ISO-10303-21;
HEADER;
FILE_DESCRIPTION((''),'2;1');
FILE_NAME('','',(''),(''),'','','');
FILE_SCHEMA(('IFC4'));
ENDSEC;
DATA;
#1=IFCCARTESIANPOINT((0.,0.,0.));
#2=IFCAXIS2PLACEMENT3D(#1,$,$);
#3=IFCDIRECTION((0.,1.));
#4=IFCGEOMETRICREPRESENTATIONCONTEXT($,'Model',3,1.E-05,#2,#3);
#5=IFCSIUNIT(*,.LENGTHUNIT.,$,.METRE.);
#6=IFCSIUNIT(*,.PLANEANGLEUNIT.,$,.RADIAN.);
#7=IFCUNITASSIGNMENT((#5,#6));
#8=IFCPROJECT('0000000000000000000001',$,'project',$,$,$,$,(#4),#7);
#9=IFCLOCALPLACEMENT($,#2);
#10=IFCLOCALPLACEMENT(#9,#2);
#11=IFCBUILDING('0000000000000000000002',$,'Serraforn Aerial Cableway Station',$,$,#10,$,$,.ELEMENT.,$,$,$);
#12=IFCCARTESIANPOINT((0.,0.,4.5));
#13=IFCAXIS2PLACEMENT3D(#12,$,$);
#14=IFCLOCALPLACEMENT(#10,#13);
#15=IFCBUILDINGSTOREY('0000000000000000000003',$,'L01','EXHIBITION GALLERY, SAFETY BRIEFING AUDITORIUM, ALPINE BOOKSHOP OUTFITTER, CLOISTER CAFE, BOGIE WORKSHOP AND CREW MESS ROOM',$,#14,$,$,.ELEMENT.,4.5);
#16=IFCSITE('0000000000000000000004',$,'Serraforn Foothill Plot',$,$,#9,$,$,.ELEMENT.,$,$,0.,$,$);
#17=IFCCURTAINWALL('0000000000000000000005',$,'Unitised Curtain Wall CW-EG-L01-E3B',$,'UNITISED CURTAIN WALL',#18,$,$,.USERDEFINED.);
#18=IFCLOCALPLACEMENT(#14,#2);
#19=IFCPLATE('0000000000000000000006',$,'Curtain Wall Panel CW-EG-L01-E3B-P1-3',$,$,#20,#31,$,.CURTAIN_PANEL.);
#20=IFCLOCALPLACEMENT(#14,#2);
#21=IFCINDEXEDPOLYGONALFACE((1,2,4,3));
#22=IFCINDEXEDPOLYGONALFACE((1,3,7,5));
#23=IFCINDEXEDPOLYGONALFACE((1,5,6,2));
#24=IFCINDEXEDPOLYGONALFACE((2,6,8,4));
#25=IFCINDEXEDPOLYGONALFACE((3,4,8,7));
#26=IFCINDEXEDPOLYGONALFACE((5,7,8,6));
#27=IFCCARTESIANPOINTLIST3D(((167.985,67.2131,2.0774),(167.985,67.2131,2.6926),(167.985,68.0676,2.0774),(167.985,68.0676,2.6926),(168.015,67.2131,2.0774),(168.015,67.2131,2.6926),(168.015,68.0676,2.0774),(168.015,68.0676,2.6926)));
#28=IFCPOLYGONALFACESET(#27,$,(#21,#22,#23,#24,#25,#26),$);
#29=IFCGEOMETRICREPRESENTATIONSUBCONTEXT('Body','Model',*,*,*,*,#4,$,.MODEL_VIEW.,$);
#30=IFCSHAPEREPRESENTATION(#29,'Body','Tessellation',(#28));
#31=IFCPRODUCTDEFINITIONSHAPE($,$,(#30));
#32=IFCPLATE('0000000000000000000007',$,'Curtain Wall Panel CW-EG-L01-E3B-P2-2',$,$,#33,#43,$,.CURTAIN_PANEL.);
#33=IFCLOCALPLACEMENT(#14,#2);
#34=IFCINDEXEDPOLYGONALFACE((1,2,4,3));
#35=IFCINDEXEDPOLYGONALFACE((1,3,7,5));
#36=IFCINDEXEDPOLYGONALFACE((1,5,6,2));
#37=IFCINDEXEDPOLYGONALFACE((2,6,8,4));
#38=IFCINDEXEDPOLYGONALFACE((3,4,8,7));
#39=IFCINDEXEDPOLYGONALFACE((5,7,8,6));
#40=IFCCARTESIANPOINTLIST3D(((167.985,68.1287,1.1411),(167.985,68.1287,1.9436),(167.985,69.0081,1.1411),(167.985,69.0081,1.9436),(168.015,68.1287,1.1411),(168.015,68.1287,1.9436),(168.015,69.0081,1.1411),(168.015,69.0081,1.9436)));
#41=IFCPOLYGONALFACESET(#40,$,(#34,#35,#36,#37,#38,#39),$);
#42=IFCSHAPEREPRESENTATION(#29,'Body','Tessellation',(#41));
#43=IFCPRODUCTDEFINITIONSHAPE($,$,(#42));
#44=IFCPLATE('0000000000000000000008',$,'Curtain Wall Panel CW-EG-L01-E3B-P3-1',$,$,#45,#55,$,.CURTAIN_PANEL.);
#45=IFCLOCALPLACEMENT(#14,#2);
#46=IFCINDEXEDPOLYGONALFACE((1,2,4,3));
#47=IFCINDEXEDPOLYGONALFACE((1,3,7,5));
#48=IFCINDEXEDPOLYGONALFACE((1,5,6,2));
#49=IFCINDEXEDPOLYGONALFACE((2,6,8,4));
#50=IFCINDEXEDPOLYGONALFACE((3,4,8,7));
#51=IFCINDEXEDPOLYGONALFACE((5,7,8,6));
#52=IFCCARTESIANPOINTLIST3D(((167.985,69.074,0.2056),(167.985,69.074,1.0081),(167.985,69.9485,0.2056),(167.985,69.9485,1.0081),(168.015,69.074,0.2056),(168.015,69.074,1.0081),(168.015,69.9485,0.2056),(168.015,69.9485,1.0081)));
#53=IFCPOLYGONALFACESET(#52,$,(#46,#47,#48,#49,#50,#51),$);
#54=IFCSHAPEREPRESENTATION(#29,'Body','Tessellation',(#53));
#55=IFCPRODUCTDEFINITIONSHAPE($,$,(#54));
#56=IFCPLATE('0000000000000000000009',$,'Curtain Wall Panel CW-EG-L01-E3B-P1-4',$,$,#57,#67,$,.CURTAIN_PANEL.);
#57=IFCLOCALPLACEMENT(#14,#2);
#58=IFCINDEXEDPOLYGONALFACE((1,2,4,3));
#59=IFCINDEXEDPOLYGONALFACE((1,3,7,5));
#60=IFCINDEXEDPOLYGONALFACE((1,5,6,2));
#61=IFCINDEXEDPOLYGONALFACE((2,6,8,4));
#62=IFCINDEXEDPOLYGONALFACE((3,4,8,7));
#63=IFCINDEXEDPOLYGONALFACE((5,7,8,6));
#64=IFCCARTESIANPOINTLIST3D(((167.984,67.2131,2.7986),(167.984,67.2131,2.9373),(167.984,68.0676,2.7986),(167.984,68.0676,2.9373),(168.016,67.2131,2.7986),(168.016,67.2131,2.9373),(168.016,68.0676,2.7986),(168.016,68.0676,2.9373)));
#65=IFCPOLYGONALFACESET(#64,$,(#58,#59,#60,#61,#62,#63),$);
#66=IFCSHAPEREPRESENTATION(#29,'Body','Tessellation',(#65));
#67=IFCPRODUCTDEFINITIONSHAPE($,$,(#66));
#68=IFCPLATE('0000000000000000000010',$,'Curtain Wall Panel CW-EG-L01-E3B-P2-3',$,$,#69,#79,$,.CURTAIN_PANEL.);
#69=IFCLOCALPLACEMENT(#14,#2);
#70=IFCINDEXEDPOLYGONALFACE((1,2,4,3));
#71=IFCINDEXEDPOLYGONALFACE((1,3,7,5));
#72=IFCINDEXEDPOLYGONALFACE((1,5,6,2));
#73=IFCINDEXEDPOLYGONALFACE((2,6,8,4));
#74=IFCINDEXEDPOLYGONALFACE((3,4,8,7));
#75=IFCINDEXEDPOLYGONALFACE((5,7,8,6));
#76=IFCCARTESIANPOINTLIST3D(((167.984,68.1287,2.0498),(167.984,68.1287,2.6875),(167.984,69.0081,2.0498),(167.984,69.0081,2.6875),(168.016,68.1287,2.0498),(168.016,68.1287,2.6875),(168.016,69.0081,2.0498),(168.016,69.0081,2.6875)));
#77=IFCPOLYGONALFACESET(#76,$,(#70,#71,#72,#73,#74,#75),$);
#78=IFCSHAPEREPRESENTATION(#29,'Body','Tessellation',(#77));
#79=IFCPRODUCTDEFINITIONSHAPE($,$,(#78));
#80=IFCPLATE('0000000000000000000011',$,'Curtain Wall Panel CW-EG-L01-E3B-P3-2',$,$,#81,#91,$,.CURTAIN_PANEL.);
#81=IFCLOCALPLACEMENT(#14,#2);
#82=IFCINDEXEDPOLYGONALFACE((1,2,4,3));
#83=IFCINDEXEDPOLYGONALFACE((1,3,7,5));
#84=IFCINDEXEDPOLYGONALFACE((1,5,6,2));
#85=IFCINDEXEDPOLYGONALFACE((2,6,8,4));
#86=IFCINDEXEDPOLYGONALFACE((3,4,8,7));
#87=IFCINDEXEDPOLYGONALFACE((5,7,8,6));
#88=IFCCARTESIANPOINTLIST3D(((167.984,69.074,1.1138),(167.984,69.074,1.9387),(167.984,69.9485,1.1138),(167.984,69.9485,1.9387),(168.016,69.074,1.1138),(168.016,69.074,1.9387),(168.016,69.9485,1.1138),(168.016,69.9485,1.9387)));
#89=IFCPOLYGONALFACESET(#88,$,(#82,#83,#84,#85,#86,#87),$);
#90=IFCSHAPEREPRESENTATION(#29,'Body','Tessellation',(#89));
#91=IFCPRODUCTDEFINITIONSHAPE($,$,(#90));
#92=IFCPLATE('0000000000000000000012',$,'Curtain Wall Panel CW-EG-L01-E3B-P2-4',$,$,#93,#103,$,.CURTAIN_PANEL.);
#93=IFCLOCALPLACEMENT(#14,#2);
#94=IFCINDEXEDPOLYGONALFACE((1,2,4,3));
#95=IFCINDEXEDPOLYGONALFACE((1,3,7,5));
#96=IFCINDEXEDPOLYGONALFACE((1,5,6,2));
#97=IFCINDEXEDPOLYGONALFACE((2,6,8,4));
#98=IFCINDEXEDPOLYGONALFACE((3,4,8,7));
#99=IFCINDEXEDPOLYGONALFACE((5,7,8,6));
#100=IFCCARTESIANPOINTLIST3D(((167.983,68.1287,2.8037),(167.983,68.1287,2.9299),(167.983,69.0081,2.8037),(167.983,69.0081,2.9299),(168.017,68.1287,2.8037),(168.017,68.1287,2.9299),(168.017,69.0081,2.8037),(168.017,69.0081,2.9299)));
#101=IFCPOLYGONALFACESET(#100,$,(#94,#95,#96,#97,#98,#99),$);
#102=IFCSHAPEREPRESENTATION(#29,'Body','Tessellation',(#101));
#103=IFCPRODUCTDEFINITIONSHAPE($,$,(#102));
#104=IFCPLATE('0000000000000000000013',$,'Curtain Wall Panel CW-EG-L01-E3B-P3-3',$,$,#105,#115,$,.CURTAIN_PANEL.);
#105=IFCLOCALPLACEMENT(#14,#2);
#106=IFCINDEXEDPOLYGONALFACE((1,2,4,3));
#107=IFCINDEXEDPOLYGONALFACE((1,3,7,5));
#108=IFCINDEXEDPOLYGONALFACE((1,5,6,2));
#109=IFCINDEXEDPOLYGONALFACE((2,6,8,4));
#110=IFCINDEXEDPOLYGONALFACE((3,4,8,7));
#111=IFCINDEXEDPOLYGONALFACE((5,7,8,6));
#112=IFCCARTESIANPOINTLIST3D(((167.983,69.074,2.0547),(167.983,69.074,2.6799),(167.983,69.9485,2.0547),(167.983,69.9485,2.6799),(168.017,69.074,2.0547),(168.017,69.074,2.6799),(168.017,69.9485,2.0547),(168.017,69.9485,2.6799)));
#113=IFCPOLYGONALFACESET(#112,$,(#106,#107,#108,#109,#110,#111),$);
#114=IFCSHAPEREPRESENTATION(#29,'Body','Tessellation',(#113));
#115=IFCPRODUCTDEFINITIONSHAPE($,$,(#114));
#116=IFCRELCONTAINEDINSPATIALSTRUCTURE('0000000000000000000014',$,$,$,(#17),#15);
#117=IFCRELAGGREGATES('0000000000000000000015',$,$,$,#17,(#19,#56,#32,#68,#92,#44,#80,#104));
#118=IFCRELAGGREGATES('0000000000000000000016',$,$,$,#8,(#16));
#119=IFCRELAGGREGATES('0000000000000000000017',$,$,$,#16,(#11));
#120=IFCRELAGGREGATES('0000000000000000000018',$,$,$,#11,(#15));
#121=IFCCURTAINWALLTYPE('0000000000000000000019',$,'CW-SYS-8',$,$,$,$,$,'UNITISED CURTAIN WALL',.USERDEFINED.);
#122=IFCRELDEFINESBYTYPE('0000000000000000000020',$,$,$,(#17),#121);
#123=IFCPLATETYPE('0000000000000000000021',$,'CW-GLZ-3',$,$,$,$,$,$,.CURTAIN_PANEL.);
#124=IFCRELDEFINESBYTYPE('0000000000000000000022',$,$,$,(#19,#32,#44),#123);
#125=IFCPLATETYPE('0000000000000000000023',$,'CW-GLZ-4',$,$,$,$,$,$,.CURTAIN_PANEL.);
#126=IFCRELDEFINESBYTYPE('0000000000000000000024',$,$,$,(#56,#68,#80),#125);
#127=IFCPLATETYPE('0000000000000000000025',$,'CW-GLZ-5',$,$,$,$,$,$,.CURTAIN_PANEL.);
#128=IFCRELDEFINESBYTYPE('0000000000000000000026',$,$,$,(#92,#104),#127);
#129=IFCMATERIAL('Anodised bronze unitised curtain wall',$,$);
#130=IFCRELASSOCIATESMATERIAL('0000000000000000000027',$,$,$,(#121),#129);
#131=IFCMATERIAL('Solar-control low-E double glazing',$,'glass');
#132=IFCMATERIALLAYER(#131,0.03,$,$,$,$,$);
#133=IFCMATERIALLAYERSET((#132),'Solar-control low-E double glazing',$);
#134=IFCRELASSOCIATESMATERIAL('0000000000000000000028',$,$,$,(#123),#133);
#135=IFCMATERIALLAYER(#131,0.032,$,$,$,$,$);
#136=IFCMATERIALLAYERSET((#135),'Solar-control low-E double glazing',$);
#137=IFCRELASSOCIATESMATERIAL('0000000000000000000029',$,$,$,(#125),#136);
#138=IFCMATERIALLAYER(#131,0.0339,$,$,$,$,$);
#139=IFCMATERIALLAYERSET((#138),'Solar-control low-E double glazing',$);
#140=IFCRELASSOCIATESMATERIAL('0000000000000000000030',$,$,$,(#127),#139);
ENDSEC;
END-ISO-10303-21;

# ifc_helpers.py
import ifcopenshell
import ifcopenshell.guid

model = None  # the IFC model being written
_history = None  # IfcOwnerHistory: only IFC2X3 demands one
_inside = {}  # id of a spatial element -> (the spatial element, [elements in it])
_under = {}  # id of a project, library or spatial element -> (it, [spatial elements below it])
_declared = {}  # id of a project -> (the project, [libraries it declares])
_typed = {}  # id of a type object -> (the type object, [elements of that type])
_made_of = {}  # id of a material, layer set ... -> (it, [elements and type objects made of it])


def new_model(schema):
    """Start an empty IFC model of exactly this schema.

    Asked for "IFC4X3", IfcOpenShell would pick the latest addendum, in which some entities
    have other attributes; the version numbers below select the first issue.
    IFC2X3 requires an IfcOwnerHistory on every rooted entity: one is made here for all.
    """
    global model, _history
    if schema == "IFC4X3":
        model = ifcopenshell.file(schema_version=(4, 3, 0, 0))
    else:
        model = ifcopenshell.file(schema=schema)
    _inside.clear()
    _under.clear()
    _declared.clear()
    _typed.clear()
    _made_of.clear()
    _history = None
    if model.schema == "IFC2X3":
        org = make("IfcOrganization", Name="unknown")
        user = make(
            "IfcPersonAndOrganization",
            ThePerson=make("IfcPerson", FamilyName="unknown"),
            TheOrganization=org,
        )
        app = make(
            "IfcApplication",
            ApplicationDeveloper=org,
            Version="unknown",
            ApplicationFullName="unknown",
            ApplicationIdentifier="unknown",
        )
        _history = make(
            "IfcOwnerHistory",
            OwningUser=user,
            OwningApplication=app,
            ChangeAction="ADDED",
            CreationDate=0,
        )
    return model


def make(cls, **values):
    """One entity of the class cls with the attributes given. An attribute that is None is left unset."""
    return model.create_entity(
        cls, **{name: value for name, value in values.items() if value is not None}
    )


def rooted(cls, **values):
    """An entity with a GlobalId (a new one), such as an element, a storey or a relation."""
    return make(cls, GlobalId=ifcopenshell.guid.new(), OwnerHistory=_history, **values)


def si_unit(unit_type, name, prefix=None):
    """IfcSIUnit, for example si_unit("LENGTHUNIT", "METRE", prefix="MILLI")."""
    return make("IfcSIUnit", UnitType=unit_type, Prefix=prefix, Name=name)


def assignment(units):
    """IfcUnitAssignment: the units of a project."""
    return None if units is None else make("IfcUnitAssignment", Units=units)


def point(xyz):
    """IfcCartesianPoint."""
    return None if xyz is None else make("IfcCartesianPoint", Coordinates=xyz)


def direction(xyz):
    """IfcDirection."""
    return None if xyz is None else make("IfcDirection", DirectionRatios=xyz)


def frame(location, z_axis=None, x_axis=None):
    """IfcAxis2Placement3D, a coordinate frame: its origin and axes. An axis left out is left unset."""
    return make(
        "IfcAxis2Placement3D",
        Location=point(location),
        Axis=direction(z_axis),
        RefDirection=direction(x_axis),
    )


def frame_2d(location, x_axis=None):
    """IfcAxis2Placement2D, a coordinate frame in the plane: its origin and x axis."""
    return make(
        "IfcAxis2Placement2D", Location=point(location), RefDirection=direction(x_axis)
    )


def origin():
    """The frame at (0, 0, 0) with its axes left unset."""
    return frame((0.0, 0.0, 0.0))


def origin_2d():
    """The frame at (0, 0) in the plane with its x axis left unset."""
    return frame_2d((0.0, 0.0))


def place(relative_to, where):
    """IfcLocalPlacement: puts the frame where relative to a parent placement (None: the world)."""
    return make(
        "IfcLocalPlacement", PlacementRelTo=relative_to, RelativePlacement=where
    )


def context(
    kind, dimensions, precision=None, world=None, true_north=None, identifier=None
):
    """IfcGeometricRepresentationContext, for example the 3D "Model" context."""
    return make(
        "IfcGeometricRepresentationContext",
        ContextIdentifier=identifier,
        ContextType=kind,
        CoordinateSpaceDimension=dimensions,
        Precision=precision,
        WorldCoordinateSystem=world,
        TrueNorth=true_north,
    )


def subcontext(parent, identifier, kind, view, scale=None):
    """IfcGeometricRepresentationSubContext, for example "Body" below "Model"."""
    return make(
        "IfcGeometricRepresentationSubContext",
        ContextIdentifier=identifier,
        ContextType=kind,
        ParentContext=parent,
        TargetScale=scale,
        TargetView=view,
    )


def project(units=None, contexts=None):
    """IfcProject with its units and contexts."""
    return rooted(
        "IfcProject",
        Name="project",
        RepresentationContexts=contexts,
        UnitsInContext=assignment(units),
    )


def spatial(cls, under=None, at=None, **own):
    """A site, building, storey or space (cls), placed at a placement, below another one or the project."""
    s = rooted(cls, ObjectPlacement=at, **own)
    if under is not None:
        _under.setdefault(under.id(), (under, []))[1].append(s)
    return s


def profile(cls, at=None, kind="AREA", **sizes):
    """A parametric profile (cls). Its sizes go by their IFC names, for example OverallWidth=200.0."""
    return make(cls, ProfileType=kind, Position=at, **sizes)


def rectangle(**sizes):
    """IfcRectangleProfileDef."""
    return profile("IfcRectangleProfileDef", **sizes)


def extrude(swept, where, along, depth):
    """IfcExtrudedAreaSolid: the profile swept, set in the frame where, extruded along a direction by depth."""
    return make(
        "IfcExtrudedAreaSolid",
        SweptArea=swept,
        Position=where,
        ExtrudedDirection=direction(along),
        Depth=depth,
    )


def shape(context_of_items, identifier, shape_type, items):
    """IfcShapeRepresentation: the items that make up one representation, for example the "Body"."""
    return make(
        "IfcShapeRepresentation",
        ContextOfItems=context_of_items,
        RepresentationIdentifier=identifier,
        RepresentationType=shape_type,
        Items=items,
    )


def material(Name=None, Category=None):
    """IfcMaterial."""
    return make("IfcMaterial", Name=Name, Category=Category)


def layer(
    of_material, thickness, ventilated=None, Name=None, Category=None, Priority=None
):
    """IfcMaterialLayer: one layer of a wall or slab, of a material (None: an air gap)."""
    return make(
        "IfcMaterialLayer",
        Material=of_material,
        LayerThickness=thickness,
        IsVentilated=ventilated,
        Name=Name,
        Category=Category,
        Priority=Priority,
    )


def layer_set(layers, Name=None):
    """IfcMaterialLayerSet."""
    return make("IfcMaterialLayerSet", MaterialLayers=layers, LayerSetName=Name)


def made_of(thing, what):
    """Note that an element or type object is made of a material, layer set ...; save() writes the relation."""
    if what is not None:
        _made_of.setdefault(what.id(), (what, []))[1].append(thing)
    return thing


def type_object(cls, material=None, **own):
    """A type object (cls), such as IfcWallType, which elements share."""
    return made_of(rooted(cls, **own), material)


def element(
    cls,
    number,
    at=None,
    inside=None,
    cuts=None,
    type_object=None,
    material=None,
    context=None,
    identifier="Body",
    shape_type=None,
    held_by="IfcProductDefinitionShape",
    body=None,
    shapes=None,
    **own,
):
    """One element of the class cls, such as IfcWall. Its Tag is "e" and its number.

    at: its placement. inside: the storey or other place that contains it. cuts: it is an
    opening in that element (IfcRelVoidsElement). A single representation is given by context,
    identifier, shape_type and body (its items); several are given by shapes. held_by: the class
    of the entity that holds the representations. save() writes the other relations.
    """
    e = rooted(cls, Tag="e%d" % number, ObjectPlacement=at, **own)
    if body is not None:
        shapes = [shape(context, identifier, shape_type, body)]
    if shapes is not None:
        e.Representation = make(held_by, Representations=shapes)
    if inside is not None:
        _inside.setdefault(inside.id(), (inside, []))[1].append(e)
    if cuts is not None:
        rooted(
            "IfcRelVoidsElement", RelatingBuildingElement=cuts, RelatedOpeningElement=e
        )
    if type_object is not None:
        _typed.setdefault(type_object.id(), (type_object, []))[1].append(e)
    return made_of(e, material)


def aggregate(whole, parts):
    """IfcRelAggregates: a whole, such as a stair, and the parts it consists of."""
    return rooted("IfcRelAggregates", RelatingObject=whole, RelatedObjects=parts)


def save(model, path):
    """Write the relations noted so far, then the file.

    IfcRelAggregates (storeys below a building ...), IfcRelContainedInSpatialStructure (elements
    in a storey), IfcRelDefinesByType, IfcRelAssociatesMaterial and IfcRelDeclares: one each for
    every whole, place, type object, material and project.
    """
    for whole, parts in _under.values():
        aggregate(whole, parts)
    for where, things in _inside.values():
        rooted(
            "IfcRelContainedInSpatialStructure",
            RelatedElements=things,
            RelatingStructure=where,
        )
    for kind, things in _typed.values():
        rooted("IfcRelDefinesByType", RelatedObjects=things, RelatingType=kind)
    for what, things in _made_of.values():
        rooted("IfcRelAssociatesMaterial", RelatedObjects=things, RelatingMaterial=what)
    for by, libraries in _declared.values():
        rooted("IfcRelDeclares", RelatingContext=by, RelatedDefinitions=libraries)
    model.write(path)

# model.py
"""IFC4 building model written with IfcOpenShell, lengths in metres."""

from ifc_helpers import new_model, si_unit, direction, frame, origin, origin_2d, place, context, subcontext, project, spatial, rectangle, extrude, material, layer, layer_set, type_object, element, aggregate, save


model = new_model("IFC4")

# Units and contexts
model_context = context("Model", 3, precision=1e-05, world=origin(), true_north=direction((0.0, 1.0)))
body_context = subcontext(model_context, "Body", "Model", "MODEL_VIEW")
ifc_project = project(units=[si_unit("LENGTHUNIT", "METRE"), si_unit("PLANEANGLEUNIT", "RADIAN")], contexts=[model_context])

# Site, building, storey
site_placement = place(None, origin())
site = spatial("IfcSite", under=ifc_project, at=site_placement, Name="Serraforn Foothill Plot", CompositionType="ELEMENT", RefElevation=0.0)
building_placement = place(site_placement, origin())
building = spatial("IfcBuilding", under=site, at=building_placement, Name="Serraforn Aerial Cableway Station", CompositionType="ELEMENT")
storey_placement = place(building_placement, frame((0.0, 0.0, 4.5)))
storey = spatial("IfcBuildingStorey", under=building, at=storey_placement, Name="L01", Description="EXHIBITION GALLERY, SAFETY BRIEFING AUDITORIUM, ALPINE BOOKSHOP OUTFITTER, CLOISTER CAFE, BOGIE WORKSHOP AND CREW MESS ROOM", CompositionType="ELEMENT", Elevation=4.5)

# Curtain wall, plates
ifc_material_1 = material(Name="Anodised bronze unitised curtain wall")
curtain_wall_type = type_object("IfcCurtainWallType", Name="CW-SYS-8", ElementType="UNITISED CURTAIN WALL", PredefinedType="USERDEFINED", material=ifc_material_1)
curtain_wall_placement = place(storey_placement, origin())
curtain_wall = element("IfcCurtainWall", 1, at=curtain_wall_placement, inside=storey, type_object=curtain_wall_type, Name="Unitised Curtain Wall CW-EG-L01-E3B", ObjectType="UNITISED CURTAIN WALL", PredefinedType="USERDEFINED")
ifc_material_2 = material(Name="Solar-control low-E double glazing", Category="glass")
ifc_layer_1 = layer(ifc_material_2, 0.03)
ifc_layer_set_1 = layer_set([ifc_layer_1], Name="Solar-control low-E double glazing")
plate_type_1 = type_object("IfcPlateType", Name="CW-GLZ-3", PredefinedType="CURTAIN_PANEL", material=ifc_layer_set_1)
plate_1_placement = place(storey_placement, frame((168.0, 67.6404, 2.0774), z_axis=(0.0, 0.0, 1.0), x_axis=(1.0, 0.0, 0.0)))
plate_1 = element("IfcPlate", 2, at=plate_1_placement, type_object=plate_type_1, Name="Curtain Wall Panel CW-EG-L01-E3B-P1-3", PredefinedType="CURTAIN_PANEL", context=body_context, shape_type="SweptSolid", body=[
    extrude(rectangle(XDim=0.03, YDim=0.8545, at=origin_2d()), origin(), (0.0, 0.0, 1.0), 0.6152),
])
plate_2_placement = place(storey_placement, frame((168.0, 68.5684, 1.1411), z_axis=(0.0, 0.0, 1.0), x_axis=(1.0, 0.0, 0.0)))
plate_2 = element("IfcPlate", 3, at=plate_2_placement, type_object=plate_type_1, Name="Curtain Wall Panel CW-EG-L01-E3B-P2-2", PredefinedType="CURTAIN_PANEL", context=body_context, shape_type="SweptSolid", body=[
    extrude(rectangle(XDim=0.03, YDim=0.8794, at=origin_2d()), origin(), (0.0, 0.0, 1.0), 0.8025),
])
plate_3_placement = place(storey_placement, frame((168.0, 69.5112, 0.2056), z_axis=(0.0, 0.0, 1.0), x_axis=(1.0, 0.0, 0.0)))
plate_3 = element("IfcPlate", 4, at=plate_3_placement, type_object=plate_type_1, Name="Curtain Wall Panel CW-EG-L01-E3B-P3-1", PredefinedType="CURTAIN_PANEL", context=body_context, shape_type="SweptSolid", body=[
    extrude(rectangle(XDim=0.03, YDim=0.8745, at=origin_2d()), origin(), (0.0, 0.0, 1.0), 0.8025),
])
ifc_layer_2 = layer(ifc_material_2, 0.032)
ifc_layer_set_2 = layer_set([ifc_layer_2], Name="Solar-control low-E double glazing")
plate_type_2 = type_object("IfcPlateType", Name="CW-GLZ-4", PredefinedType="CURTAIN_PANEL", material=ifc_layer_set_2)
plate_4_placement = place(storey_placement, frame((168.0, 67.6404, 2.7986), z_axis=(0.0, 0.0, 1.0), x_axis=(1.0, 0.0, 0.0)))
plate_4 = element("IfcPlate", 5, at=plate_4_placement, type_object=plate_type_2, Name="Curtain Wall Panel CW-EG-L01-E3B-P1-4", PredefinedType="CURTAIN_PANEL", context=body_context, shape_type="SweptSolid", body=[
    extrude(rectangle(XDim=0.032, YDim=0.8545, at=origin_2d()), origin(), (0.0, 0.0, 1.0), 0.1387),
])
plate_5_placement = place(storey_placement, frame((168.0, 68.5684, 2.0498), z_axis=(0.0, 0.0, 1.0), x_axis=(1.0, 0.0, 0.0)))
plate_5 = element("IfcPlate", 6, at=plate_5_placement, type_object=plate_type_2, Name="Curtain Wall Panel CW-EG-L01-E3B-P2-3", PredefinedType="CURTAIN_PANEL", context=body_context, shape_type="SweptSolid", body=[
    extrude(rectangle(XDim=0.032, YDim=0.8794, at=origin_2d()), origin(), (0.0, 0.0, 1.0), 0.6377),
])
plate_6_placement = place(storey_placement, frame((168.0, 69.5112, 1.1138), z_axis=(0.0, 0.0, 1.0), x_axis=(1.0, 0.0, 0.0)))
plate_6 = element("IfcPlate", 7, at=plate_6_placement, type_object=plate_type_2, Name="Curtain Wall Panel CW-EG-L01-E3B-P3-2", PredefinedType="CURTAIN_PANEL", context=body_context, shape_type="SweptSolid", body=[
    extrude(rectangle(XDim=0.032, YDim=0.8745, at=origin_2d()), origin(), (0.0, 0.0, 1.0), 0.825),
])
ifc_layer_3 = layer(ifc_material_2, 0.0339)
ifc_layer_set_3 = layer_set([ifc_layer_3], Name="Solar-control low-E double glazing")
plate_type_3 = type_object("IfcPlateType", Name="CW-GLZ-5", PredefinedType="CURTAIN_PANEL", material=ifc_layer_set_3)
plate_7_placement = place(storey_placement, frame((168.0, 68.5684, 2.8037), z_axis=(0.0, 0.0, 1.0), x_axis=(1.0, 0.0, 0.0)))
plate_7 = element("IfcPlate", 8, at=plate_7_placement, type_object=plate_type_3, Name="Curtain Wall Panel CW-EG-L01-E3B-P2-4", PredefinedType="CURTAIN_PANEL", context=body_context, shape_type="SweptSolid", body=[
    extrude(rectangle(XDim=0.0339, YDim=0.8794, at=origin_2d()), origin(), (0.0, 0.0, 1.0), 0.1262),
])
plate_8_placement = place(storey_placement, frame((168.0, 69.5112, 2.0547), z_axis=(0.0, 0.0, 1.0), x_axis=(1.0, 0.0, 0.0)))
plate_8 = element("IfcPlate", 9, at=plate_8_placement, type_object=plate_type_3, Name="Curtain Wall Panel CW-EG-L01-E3B-P3-3", PredefinedType="CURTAIN_PANEL", context=body_context, shape_type="SweptSolid", body=[
    extrude(rectangle(XDim=0.0339, YDim=0.8745, at=origin_2d()), origin(), (0.0, 0.0, 1.0), 0.6252),
])
aggregate(curtain_wall, [plate_1, plate_4, plate_2, plate_5, plate_7, plate_3, plate_6, plate_8])

save(model, "model.ifc")
